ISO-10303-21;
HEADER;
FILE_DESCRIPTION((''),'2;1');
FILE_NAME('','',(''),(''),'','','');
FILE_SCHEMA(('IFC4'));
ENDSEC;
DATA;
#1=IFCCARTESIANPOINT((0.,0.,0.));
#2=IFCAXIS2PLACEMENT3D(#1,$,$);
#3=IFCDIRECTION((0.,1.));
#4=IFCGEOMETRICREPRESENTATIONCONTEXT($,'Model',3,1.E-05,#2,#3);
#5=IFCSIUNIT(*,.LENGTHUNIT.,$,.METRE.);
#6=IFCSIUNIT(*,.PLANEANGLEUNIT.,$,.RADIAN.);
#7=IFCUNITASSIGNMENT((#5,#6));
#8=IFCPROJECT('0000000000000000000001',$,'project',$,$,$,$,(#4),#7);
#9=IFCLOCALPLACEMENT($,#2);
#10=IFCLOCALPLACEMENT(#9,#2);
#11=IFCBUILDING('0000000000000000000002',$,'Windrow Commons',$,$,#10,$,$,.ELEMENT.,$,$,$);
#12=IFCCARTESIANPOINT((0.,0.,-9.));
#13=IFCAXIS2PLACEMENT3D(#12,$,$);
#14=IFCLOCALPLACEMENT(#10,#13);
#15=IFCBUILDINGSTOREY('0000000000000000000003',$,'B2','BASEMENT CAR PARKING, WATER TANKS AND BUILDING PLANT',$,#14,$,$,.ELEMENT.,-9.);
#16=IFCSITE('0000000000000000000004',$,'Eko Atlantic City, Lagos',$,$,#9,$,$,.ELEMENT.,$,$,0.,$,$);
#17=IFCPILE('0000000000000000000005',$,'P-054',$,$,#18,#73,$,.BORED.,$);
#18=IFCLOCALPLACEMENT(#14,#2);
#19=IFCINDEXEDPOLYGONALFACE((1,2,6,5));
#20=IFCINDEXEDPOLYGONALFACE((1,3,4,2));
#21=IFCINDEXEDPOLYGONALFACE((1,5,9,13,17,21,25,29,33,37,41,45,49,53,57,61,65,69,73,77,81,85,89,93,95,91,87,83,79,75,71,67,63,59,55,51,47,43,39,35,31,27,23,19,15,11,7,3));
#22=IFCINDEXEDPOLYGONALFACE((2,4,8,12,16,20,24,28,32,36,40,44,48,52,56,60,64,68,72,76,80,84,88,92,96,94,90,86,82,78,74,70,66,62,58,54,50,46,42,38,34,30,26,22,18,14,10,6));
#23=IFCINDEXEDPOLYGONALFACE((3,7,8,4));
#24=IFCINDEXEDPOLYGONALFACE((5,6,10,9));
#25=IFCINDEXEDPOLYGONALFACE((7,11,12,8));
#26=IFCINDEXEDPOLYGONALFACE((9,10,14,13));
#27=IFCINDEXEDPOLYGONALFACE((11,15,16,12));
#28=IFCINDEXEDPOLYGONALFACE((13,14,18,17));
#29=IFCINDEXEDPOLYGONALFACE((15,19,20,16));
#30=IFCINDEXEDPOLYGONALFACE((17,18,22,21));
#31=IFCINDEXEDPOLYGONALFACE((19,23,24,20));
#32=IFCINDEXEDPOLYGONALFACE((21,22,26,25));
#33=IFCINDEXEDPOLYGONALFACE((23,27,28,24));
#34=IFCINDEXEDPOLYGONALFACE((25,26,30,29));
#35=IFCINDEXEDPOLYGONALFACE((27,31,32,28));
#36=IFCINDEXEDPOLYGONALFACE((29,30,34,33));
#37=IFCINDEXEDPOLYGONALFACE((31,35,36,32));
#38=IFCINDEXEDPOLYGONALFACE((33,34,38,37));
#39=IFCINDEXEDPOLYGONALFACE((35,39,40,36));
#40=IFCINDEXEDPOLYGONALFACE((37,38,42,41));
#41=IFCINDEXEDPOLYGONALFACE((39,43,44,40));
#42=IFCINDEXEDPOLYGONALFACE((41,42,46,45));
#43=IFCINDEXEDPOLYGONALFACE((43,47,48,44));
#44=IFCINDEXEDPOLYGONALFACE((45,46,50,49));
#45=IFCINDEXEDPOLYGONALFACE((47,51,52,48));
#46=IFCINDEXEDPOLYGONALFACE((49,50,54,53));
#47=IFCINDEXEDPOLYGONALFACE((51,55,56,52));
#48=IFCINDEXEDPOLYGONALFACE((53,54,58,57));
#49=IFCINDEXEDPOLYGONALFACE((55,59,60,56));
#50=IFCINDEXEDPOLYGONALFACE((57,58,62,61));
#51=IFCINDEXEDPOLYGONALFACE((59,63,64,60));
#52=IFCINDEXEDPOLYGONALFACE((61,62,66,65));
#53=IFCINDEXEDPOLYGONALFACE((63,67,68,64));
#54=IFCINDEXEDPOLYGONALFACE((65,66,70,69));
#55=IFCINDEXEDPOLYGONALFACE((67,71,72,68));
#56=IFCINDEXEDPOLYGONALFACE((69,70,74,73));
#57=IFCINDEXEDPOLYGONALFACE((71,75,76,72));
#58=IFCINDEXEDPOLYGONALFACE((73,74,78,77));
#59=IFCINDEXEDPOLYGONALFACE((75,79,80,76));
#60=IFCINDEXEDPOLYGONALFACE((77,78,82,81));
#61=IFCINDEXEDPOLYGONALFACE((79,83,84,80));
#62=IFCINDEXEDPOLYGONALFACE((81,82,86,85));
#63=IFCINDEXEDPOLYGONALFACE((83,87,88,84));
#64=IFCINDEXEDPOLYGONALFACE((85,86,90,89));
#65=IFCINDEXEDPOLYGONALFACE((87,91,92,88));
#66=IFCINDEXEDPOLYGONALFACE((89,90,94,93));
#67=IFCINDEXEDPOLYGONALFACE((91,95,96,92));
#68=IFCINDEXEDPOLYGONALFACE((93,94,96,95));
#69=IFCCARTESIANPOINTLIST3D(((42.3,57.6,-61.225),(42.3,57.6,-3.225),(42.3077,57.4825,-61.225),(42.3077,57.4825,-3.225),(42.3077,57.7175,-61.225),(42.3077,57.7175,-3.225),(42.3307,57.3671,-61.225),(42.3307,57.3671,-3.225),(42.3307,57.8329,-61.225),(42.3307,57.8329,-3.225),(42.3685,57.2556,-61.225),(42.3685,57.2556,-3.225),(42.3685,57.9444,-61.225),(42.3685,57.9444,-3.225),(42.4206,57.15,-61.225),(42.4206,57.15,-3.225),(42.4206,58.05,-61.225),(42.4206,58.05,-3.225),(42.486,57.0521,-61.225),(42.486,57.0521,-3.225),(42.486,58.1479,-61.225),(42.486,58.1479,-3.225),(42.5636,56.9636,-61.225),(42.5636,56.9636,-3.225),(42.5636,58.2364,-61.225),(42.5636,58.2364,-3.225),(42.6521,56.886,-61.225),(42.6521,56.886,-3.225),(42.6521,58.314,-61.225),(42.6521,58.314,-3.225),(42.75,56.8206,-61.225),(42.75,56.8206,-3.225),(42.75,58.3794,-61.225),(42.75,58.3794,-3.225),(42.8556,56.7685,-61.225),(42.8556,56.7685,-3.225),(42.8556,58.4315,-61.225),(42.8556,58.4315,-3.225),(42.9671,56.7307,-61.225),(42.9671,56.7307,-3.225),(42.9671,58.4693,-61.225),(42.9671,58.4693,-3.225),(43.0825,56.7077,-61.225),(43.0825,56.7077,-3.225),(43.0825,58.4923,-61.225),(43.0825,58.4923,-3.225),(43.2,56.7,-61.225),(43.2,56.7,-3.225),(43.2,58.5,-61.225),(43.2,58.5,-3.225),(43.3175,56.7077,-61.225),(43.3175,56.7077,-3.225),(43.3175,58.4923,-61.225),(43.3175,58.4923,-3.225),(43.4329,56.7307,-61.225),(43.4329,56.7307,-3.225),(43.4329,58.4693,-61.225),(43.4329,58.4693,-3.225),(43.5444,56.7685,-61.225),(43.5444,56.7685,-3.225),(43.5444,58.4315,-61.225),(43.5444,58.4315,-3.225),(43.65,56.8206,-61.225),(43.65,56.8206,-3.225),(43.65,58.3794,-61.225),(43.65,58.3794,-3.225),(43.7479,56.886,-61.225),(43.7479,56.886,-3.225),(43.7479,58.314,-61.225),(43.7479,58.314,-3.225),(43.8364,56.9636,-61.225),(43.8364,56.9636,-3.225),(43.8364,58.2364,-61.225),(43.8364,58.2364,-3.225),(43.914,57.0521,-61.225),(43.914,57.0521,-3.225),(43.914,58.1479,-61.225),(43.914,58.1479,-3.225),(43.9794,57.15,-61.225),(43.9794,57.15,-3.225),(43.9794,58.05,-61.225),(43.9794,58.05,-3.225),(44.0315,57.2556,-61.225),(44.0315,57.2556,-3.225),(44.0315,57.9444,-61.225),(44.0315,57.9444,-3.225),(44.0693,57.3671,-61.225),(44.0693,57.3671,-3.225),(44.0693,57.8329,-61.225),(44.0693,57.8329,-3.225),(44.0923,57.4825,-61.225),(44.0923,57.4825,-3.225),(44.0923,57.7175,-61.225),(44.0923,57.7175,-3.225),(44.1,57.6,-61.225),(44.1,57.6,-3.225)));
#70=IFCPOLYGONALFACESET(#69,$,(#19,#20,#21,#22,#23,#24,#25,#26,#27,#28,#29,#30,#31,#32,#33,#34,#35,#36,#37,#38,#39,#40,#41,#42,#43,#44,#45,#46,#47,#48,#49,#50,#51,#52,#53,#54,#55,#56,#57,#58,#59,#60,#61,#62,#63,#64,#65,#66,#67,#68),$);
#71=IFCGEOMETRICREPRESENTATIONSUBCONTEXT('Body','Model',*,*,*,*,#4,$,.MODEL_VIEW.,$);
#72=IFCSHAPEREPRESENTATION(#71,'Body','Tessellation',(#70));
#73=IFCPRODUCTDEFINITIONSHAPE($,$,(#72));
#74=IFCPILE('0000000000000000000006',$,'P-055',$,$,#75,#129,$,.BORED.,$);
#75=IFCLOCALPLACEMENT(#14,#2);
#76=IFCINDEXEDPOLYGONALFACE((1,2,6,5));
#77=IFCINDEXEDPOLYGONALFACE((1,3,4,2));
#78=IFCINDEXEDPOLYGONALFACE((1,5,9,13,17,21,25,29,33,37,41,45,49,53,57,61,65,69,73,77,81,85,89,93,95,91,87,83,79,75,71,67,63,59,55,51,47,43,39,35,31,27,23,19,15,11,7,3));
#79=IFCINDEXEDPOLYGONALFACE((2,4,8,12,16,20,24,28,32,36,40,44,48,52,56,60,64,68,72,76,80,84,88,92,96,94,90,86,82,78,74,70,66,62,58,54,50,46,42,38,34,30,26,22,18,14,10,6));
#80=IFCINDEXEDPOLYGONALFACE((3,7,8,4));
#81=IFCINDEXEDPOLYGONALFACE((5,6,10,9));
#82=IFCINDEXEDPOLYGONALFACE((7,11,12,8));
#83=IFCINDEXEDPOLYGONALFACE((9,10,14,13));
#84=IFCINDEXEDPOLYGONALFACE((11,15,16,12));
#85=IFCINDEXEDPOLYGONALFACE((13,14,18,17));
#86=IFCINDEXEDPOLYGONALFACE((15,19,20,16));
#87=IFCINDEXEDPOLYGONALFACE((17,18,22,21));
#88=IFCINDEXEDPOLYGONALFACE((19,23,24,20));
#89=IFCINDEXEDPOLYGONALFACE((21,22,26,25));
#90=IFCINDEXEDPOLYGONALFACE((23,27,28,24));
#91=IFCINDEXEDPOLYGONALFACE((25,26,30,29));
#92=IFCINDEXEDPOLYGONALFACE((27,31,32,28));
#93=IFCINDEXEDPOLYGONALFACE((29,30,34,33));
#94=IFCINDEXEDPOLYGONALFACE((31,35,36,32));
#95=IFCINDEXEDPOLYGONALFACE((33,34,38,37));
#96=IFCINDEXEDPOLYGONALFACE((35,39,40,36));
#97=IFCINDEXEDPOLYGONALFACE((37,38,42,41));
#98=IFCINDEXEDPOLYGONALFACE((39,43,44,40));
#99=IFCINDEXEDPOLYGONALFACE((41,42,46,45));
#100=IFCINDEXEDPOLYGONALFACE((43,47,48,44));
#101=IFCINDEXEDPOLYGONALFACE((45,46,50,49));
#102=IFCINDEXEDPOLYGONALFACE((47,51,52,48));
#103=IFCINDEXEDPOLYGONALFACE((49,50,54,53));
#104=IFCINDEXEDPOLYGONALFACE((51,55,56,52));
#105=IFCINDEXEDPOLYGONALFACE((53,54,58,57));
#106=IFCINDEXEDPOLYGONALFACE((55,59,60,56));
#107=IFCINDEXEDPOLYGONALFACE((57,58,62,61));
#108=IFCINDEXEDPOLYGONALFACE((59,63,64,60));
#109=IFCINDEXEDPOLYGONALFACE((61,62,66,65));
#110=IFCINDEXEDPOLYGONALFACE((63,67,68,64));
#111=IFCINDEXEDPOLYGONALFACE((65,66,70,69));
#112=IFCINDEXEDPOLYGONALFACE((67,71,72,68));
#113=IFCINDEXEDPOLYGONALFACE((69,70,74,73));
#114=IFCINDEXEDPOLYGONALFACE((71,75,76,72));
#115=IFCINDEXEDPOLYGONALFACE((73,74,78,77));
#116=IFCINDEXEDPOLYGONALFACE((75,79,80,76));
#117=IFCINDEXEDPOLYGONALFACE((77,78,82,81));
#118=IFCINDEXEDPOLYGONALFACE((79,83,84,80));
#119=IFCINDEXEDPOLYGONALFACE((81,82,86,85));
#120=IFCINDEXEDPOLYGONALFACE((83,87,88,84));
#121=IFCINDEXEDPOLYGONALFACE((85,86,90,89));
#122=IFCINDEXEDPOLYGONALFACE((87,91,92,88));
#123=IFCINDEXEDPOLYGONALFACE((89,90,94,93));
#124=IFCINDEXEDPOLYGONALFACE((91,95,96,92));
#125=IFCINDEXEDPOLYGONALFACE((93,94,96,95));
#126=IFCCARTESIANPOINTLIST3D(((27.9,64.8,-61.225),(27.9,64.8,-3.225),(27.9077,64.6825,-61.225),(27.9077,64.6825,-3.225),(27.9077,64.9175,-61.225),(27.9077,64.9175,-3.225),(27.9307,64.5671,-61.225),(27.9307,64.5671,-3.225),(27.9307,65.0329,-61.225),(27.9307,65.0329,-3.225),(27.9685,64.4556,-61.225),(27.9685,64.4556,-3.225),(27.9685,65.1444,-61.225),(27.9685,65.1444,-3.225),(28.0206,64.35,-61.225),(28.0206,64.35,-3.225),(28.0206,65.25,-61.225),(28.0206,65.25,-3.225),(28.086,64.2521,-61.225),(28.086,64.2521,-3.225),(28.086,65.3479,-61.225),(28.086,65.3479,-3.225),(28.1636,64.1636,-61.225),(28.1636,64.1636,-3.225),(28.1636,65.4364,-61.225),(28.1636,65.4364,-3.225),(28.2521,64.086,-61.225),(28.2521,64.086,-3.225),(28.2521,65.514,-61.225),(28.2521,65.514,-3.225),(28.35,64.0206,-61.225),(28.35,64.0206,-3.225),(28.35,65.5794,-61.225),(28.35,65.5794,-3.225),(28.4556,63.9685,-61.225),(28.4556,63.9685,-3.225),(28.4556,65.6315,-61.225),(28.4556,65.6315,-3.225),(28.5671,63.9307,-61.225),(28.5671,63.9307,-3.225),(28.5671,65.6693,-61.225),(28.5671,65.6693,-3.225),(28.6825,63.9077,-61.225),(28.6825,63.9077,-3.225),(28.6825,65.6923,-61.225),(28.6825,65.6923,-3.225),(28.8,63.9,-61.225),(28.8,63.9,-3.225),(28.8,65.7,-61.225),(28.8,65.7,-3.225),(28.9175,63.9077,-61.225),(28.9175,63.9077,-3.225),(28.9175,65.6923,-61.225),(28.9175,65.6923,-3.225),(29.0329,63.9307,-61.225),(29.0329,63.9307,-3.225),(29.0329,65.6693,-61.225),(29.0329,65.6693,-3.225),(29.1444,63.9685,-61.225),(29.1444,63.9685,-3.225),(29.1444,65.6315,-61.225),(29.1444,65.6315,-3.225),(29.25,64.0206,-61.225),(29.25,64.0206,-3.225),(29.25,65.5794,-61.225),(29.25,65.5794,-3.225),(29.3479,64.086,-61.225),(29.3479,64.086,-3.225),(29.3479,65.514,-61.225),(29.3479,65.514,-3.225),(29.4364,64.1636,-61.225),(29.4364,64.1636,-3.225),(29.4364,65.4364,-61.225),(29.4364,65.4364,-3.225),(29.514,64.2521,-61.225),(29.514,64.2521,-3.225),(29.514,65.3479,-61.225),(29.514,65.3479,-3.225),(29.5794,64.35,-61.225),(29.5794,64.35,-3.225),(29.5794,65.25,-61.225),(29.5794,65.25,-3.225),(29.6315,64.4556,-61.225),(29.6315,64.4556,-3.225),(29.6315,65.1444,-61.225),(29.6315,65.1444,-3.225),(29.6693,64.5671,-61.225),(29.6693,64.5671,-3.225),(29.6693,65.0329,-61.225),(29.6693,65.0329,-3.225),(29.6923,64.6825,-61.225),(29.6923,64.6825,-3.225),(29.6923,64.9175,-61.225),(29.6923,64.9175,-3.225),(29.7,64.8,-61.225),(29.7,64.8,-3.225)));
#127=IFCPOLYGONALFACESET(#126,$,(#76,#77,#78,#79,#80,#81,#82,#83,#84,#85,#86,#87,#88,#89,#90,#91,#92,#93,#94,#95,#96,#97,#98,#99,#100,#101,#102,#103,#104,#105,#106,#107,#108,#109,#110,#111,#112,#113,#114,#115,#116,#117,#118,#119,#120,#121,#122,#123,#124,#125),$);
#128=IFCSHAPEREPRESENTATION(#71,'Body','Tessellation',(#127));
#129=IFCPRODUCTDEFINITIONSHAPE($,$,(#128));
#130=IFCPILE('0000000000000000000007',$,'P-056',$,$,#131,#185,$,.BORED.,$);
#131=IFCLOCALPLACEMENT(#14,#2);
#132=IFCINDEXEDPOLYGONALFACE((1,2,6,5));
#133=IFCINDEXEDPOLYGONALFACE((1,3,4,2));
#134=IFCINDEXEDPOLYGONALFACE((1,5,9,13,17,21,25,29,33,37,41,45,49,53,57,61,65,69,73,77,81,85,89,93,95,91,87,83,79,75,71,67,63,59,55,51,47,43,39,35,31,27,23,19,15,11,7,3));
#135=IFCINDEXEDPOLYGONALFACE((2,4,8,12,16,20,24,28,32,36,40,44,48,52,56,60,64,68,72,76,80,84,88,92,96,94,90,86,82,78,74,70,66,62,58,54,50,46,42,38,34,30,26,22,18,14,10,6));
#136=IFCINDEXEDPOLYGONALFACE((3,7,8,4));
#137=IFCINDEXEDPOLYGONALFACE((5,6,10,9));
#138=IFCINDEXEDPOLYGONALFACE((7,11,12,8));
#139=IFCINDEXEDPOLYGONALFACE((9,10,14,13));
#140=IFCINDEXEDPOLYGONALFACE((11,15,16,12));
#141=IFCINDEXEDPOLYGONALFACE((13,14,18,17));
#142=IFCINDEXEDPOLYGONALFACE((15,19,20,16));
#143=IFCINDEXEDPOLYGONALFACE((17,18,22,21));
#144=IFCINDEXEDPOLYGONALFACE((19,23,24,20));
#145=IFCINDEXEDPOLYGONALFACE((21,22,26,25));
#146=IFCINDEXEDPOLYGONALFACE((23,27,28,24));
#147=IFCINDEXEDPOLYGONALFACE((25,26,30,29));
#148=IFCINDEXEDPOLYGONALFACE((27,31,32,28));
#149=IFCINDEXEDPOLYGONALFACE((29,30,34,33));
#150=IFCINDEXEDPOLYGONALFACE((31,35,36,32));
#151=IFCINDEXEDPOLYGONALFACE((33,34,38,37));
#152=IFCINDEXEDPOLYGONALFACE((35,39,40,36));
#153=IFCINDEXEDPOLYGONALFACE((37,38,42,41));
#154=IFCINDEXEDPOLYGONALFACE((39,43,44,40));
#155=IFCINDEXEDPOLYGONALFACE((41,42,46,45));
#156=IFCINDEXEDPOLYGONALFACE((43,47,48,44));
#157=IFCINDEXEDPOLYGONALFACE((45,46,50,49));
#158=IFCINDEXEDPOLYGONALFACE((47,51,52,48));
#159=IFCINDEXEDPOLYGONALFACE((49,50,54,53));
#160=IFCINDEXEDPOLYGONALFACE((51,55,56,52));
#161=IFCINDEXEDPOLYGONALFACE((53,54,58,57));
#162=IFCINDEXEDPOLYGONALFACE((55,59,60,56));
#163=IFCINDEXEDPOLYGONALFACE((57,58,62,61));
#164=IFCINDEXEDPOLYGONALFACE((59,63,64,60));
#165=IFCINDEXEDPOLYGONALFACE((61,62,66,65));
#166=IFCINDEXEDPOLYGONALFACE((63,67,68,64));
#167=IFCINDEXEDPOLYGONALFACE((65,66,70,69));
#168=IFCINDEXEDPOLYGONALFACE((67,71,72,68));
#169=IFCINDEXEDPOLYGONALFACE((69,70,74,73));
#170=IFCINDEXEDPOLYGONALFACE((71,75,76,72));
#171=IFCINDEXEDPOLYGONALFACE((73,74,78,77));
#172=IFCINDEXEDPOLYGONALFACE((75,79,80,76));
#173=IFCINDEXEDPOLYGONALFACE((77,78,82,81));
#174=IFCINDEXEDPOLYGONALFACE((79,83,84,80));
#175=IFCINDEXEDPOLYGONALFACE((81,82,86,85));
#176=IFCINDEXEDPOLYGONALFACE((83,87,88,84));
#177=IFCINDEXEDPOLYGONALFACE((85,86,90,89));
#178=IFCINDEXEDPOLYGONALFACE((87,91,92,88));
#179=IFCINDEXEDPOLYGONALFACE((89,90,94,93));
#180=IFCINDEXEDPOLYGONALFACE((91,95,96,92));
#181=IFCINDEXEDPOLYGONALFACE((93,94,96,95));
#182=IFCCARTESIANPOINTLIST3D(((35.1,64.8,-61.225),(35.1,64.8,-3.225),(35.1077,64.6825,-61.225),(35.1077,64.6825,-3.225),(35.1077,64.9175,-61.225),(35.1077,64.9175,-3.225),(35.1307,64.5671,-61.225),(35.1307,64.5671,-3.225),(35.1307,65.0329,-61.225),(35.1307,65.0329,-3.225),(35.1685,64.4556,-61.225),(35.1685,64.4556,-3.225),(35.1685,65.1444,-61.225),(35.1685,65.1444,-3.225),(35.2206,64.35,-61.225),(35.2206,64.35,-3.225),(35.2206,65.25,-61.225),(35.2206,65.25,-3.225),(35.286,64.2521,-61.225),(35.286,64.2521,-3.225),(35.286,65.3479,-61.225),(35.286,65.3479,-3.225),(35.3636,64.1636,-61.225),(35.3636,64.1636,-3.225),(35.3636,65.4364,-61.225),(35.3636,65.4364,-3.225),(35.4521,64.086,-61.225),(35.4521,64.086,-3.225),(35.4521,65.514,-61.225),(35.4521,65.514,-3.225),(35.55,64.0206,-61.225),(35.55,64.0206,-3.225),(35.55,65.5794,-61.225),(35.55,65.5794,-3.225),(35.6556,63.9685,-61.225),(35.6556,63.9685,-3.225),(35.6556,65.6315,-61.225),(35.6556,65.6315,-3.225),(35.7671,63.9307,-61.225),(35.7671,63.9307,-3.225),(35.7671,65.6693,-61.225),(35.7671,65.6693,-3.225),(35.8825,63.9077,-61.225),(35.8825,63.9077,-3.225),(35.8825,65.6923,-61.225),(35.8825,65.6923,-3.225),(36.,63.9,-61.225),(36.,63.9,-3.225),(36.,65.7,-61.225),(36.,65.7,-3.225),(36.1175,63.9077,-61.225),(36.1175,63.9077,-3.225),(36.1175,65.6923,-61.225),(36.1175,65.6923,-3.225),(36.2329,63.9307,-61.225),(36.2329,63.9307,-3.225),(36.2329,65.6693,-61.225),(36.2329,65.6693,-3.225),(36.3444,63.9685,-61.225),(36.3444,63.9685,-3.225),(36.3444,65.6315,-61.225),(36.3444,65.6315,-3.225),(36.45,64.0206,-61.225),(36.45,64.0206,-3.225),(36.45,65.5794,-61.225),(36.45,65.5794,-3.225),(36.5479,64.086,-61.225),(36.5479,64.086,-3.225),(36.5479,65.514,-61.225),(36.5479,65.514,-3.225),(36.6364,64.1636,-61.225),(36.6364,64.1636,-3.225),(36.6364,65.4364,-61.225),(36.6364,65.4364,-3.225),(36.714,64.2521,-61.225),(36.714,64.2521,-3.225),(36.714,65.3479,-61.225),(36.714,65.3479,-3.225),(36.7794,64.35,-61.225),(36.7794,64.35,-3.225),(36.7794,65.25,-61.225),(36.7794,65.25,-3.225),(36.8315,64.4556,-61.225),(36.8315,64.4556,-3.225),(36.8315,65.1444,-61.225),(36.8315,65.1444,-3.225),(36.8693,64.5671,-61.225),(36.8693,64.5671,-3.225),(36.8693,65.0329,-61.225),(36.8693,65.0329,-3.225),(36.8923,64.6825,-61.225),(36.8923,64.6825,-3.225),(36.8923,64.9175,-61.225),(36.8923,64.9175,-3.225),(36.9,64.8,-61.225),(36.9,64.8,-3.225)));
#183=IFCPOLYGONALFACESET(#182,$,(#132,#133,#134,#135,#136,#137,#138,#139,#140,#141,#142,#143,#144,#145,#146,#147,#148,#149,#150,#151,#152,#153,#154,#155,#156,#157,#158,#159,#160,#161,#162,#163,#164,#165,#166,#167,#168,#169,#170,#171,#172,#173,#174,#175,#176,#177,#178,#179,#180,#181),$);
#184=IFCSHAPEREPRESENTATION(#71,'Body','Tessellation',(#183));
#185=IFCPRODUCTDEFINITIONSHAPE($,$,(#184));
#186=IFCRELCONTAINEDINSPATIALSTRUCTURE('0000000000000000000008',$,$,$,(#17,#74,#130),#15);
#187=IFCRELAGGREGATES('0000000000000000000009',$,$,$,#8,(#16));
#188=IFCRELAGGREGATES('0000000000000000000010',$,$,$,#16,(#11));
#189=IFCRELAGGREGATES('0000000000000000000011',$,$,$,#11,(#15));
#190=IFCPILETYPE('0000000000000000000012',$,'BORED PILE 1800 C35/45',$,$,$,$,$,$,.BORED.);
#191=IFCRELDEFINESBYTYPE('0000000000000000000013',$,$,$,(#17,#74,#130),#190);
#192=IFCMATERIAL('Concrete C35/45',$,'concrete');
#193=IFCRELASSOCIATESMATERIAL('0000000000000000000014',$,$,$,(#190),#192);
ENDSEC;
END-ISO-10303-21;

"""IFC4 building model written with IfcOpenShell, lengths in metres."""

from ifc_helpers import new_model, si_unit, direction, frame, origin, origin_2d, place, context, subcontext, project, spatial, circle, extrude, material, material_profile, profile_set, type_object, element, save


model = new_model("IFC4")

# Units and contexts
model_context = context("Model", 3, precision=1e-05, world=origin(), true_north=direction((0.0, 1.0)))
body_context = subcontext(model_context, "Body", "Model", "MODEL_VIEW")
ifc_project = project(units=[si_unit("LENGTHUNIT", "METRE"), si_unit("PLANEANGLEUNIT", "RADIAN")], contexts=[model_context])

# Site, building, storey
site_placement = place(None, origin())
site = spatial("IfcSite", under=ifc_project, at=site_placement, Name="Eko Atlantic City, Lagos", CompositionType="ELEMENT", RefElevation=0.0)
building_placement = place(site_placement, origin())
building = spatial("IfcBuilding", under=site, at=building_placement, Name="Windrow Commons", CompositionType="ELEMENT")
storey_placement = place(building_placement, frame((0.0, 0.0, -9.0)))
storey = spatial("IfcBuildingStorey", under=building, at=storey_placement, Name="B2", Description="BASEMENT CAR PARKING, WATER TANKS AND BUILDING PLANT", CompositionType="ELEMENT", Elevation=-9.0)

# Piles
ifc_material_1 = material(Name="Concrete C35/45", Category="concrete")
ifc_material_profile_1 = material_profile(ifc_material_1, circle(Radius=0.9, at=origin_2d()))
ifc_profile_set_1 = profile_set([ifc_material_profile_1], Name="Concrete C35/45")
pile_type = type_object("IfcPileType", Name="BORED PILE 1800 C35/45", PredefinedType="BORED", material=ifc_profile_set_1)
for number, where, z_axis, x_axis, name in (
    (1, (43.2, 57.6, -3.225), (0.0, 0.0, -1.0), (1.0, 0.0, 0.0), "P-054"),
    (2, (28.8, 64.8, -3.225), (0.0, 0.0, -1.0), (1.0, 0.0, 0.0), "P-055"),
    (3, (36.0, 64.8, -3.225), (0.0, 0.0, -1.0), (1.0, 0.0, 0.0), "P-056"),
):
    element("IfcPile", number, at=place(storey_placement, frame(where, z_axis=z_axis, x_axis=x_axis)), inside=storey, type_object=pile_type, Name=name, PredefinedType="BORED", context=body_context, shape_type="SweptSolid", body=[
        extrude(circle(Radius=0.9, at=origin_2d()), origin(), (0.0, 0.0, 1.0), 58.0),
    ])

save(model, "model.ifc")
